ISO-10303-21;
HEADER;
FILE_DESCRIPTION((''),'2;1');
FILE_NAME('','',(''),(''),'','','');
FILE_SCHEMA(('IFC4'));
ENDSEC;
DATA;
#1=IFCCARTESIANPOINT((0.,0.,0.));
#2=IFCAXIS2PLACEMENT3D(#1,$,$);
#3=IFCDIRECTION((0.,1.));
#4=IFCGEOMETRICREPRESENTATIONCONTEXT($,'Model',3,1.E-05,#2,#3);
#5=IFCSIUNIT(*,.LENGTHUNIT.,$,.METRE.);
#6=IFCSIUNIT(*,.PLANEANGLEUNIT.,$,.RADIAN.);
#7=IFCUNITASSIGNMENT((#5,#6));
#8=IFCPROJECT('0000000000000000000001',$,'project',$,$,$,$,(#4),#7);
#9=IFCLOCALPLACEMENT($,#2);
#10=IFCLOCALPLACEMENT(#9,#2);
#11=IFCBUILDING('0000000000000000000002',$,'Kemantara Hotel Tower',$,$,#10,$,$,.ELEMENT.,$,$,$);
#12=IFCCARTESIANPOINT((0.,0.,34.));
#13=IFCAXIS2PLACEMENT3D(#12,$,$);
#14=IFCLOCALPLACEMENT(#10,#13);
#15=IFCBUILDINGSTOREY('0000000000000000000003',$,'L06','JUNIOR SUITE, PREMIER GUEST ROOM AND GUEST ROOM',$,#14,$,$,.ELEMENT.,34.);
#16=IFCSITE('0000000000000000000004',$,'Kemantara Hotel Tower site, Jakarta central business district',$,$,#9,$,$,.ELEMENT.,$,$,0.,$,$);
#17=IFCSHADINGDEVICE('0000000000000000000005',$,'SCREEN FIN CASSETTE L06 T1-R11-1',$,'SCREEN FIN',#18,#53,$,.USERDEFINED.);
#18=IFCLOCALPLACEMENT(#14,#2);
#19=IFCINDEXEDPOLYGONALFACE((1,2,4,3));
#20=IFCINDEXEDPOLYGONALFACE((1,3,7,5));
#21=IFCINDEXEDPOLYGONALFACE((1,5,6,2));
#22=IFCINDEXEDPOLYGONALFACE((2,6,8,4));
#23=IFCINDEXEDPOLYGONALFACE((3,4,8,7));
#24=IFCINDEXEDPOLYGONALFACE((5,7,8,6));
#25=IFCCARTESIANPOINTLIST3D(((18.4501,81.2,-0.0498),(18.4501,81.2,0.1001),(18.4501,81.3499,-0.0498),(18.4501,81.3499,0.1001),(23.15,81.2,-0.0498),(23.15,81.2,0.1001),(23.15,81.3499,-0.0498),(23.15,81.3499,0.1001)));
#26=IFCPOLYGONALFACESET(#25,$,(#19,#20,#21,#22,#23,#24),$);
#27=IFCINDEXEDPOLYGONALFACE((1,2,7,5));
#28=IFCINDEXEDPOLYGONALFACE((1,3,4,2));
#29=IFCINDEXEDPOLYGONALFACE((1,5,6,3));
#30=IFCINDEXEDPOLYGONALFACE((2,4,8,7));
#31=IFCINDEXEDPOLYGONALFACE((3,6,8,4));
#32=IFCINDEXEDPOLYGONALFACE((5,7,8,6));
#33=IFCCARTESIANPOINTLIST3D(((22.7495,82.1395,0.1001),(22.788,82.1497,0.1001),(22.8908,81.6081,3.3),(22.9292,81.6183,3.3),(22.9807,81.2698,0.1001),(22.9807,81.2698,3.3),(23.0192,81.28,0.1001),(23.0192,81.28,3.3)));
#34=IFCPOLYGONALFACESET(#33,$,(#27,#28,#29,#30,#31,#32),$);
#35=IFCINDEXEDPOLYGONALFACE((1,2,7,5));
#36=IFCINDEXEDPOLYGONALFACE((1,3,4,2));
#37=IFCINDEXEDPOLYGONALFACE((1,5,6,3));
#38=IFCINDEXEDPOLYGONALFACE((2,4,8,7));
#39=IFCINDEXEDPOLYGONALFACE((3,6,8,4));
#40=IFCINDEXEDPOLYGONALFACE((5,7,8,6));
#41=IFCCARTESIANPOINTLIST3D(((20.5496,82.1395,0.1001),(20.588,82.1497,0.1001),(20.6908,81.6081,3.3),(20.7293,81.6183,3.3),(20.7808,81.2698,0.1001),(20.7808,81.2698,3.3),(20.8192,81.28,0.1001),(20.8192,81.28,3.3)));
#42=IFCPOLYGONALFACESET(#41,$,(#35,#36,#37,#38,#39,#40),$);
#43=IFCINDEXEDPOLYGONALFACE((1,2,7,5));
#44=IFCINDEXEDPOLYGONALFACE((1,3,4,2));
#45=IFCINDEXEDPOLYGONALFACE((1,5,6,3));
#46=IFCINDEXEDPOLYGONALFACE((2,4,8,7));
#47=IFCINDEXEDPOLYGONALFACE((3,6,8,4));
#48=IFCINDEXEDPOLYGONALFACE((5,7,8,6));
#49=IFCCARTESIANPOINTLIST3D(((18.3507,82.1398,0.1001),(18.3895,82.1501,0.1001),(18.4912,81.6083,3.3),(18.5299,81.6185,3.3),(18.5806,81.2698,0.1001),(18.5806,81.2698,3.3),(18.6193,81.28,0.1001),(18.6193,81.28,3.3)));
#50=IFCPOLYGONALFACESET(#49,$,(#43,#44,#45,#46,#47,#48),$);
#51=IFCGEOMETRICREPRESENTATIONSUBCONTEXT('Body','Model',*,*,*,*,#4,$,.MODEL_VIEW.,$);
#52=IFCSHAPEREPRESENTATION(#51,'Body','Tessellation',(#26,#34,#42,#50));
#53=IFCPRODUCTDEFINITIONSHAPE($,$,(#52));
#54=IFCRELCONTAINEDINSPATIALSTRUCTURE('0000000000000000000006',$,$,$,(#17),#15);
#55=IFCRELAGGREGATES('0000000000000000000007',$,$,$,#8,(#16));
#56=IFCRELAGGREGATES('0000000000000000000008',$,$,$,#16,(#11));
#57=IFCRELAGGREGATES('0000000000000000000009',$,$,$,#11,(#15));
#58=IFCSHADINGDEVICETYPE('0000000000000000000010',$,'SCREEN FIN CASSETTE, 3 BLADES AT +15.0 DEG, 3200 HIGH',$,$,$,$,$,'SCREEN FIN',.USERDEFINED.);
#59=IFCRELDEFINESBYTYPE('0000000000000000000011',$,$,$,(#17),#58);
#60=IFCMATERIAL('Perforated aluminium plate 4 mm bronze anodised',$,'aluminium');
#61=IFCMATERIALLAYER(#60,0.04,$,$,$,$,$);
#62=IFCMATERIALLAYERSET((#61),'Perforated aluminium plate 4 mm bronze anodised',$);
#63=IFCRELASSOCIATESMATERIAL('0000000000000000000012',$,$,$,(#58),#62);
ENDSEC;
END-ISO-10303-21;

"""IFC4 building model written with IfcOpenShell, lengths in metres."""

from ifc_helpers import new_model, si_unit, direction, frame, origin, origin_2d, place, context, subcontext, project, spatial, polyline, rectangle, outline, extrude, source, transform, mapped, material, layer, layer_set, type_object, element, save


model = new_model("IFC4")

# Units and contexts
model_context = context("Model", 3, precision=1e-05, world=origin(), true_north=direction((0.0, 1.0)))
body_context = subcontext(model_context, "Body", "Model", "MODEL_VIEW")
ifc_project = project(units=[si_unit("LENGTHUNIT", "METRE"), si_unit("PLANEANGLEUNIT", "RADIAN")], contexts=[model_context])

# Site, building, storey
site_placement = place(None, origin())
site = spatial("IfcSite", under=ifc_project, at=site_placement, Name="Kemantara Hotel Tower site, Jakarta central business district", CompositionType="ELEMENT", RefElevation=0.0)
building_placement = place(site_placement, origin())
building = spatial("IfcBuilding", under=site, at=building_placement, Name="Kemantara Hotel Tower", CompositionType="ELEMENT")
storey_placement = place(building_placement, frame((0.0, 0.0, 34.0)))
storey = spatial("IfcBuildingStorey", under=building, at=storey_placement, Name="L06", Description="JUNIOR SUITE, PREMIER GUEST ROOM AND GUEST ROOM", CompositionType="ELEMENT", Elevation=34.0)

# Shading device
ifc_material_1 = material(Name="Perforated aluminium plate 4 mm bronze anodised", Category="aluminium")
ifc_layer_1 = layer(ifc_material_1, 0.04)
ifc_layer_set_1 = layer_set([ifc_layer_1], Name="Perforated aluminium plate 4 mm bronze anodised")
shading_device_type_1 = type_object("IfcShadingDeviceType", Name="SCREEN FIN CASSETTE, 3 BLADES AT +15.0 DEG, 3200 HIGH", ElementType="SCREEN FIN", PredefinedType="USERDEFINED", material=ifc_layer_set_1)
shared_shape_1 = source(origin(), body_context, "Body", "SweptSolid", [
    extrude(rectangle(XDim=4.7, YDim=0.1499, at=origin_2d()), frame((2.2, -0.075, -0.1499), z_axis=(0.0, 0.0, 1.0), x_axis=(1.0, 0.0, 0.0)), (0.0, 0.0, 1.0), 0.1499),
    extrude(outline(polyline([(0.0, 0.0), (0.8999, 0.0), (0.3501, 3.2), (0.0, 3.2), (0.0, 0.0)])), frame((0.0193, -0.0698, 0.0), z_axis=(-0.966438, -0.256901, 0.0), x_axis=(0.256901, -0.966438, 0.0)), (0.0, 0.0, 1.0), 0.0398),
    extrude(outline(polyline([(0.0, 0.0), (0.8999, 0.0), (0.3501, 3.2), (0.0, 3.2), (0.0, 0.0)])), frame((2.2192, -0.0698, 0.0), z_axis=(-0.966438, -0.256901, 0.0), x_axis=(0.256901, -0.966438, 0.0)), (0.0, 0.0, 1.0), 0.0398),
    extrude(outline(polyline([(0.0, 0.0), (0.8999, 0.0), (0.3501, 3.2), (0.0, 3.2), (0.0, 0.0)])), frame((4.4194, -0.0698, 0.0), z_axis=(-0.966838, -0.255391, 0.0), x_axis=(0.255391, -0.966838, 0.0)), (0.0, 0.0, 1.0), 0.04),
])
shading_device_1_placement = place(storey_placement, frame((23.0, 81.2, 0.1001), z_axis=(0.0, 0.0, 1.0), x_axis=(-1.0, 0.0, 0.0)))
element("IfcShadingDevice", 1, at=shading_device_1_placement, inside=storey, type_object=shading_device_type_1, Name="SCREEN FIN CASSETTE L06 T1-R11-1", ObjectType="SCREEN FIN", PredefinedType="USERDEFINED", context=body_context, shape_type="MappedRepresentation", body=[
    mapped(shared_shape_1, transform((0.0, 0.0, 0.0))),
])

save(model, "model.ifc")
